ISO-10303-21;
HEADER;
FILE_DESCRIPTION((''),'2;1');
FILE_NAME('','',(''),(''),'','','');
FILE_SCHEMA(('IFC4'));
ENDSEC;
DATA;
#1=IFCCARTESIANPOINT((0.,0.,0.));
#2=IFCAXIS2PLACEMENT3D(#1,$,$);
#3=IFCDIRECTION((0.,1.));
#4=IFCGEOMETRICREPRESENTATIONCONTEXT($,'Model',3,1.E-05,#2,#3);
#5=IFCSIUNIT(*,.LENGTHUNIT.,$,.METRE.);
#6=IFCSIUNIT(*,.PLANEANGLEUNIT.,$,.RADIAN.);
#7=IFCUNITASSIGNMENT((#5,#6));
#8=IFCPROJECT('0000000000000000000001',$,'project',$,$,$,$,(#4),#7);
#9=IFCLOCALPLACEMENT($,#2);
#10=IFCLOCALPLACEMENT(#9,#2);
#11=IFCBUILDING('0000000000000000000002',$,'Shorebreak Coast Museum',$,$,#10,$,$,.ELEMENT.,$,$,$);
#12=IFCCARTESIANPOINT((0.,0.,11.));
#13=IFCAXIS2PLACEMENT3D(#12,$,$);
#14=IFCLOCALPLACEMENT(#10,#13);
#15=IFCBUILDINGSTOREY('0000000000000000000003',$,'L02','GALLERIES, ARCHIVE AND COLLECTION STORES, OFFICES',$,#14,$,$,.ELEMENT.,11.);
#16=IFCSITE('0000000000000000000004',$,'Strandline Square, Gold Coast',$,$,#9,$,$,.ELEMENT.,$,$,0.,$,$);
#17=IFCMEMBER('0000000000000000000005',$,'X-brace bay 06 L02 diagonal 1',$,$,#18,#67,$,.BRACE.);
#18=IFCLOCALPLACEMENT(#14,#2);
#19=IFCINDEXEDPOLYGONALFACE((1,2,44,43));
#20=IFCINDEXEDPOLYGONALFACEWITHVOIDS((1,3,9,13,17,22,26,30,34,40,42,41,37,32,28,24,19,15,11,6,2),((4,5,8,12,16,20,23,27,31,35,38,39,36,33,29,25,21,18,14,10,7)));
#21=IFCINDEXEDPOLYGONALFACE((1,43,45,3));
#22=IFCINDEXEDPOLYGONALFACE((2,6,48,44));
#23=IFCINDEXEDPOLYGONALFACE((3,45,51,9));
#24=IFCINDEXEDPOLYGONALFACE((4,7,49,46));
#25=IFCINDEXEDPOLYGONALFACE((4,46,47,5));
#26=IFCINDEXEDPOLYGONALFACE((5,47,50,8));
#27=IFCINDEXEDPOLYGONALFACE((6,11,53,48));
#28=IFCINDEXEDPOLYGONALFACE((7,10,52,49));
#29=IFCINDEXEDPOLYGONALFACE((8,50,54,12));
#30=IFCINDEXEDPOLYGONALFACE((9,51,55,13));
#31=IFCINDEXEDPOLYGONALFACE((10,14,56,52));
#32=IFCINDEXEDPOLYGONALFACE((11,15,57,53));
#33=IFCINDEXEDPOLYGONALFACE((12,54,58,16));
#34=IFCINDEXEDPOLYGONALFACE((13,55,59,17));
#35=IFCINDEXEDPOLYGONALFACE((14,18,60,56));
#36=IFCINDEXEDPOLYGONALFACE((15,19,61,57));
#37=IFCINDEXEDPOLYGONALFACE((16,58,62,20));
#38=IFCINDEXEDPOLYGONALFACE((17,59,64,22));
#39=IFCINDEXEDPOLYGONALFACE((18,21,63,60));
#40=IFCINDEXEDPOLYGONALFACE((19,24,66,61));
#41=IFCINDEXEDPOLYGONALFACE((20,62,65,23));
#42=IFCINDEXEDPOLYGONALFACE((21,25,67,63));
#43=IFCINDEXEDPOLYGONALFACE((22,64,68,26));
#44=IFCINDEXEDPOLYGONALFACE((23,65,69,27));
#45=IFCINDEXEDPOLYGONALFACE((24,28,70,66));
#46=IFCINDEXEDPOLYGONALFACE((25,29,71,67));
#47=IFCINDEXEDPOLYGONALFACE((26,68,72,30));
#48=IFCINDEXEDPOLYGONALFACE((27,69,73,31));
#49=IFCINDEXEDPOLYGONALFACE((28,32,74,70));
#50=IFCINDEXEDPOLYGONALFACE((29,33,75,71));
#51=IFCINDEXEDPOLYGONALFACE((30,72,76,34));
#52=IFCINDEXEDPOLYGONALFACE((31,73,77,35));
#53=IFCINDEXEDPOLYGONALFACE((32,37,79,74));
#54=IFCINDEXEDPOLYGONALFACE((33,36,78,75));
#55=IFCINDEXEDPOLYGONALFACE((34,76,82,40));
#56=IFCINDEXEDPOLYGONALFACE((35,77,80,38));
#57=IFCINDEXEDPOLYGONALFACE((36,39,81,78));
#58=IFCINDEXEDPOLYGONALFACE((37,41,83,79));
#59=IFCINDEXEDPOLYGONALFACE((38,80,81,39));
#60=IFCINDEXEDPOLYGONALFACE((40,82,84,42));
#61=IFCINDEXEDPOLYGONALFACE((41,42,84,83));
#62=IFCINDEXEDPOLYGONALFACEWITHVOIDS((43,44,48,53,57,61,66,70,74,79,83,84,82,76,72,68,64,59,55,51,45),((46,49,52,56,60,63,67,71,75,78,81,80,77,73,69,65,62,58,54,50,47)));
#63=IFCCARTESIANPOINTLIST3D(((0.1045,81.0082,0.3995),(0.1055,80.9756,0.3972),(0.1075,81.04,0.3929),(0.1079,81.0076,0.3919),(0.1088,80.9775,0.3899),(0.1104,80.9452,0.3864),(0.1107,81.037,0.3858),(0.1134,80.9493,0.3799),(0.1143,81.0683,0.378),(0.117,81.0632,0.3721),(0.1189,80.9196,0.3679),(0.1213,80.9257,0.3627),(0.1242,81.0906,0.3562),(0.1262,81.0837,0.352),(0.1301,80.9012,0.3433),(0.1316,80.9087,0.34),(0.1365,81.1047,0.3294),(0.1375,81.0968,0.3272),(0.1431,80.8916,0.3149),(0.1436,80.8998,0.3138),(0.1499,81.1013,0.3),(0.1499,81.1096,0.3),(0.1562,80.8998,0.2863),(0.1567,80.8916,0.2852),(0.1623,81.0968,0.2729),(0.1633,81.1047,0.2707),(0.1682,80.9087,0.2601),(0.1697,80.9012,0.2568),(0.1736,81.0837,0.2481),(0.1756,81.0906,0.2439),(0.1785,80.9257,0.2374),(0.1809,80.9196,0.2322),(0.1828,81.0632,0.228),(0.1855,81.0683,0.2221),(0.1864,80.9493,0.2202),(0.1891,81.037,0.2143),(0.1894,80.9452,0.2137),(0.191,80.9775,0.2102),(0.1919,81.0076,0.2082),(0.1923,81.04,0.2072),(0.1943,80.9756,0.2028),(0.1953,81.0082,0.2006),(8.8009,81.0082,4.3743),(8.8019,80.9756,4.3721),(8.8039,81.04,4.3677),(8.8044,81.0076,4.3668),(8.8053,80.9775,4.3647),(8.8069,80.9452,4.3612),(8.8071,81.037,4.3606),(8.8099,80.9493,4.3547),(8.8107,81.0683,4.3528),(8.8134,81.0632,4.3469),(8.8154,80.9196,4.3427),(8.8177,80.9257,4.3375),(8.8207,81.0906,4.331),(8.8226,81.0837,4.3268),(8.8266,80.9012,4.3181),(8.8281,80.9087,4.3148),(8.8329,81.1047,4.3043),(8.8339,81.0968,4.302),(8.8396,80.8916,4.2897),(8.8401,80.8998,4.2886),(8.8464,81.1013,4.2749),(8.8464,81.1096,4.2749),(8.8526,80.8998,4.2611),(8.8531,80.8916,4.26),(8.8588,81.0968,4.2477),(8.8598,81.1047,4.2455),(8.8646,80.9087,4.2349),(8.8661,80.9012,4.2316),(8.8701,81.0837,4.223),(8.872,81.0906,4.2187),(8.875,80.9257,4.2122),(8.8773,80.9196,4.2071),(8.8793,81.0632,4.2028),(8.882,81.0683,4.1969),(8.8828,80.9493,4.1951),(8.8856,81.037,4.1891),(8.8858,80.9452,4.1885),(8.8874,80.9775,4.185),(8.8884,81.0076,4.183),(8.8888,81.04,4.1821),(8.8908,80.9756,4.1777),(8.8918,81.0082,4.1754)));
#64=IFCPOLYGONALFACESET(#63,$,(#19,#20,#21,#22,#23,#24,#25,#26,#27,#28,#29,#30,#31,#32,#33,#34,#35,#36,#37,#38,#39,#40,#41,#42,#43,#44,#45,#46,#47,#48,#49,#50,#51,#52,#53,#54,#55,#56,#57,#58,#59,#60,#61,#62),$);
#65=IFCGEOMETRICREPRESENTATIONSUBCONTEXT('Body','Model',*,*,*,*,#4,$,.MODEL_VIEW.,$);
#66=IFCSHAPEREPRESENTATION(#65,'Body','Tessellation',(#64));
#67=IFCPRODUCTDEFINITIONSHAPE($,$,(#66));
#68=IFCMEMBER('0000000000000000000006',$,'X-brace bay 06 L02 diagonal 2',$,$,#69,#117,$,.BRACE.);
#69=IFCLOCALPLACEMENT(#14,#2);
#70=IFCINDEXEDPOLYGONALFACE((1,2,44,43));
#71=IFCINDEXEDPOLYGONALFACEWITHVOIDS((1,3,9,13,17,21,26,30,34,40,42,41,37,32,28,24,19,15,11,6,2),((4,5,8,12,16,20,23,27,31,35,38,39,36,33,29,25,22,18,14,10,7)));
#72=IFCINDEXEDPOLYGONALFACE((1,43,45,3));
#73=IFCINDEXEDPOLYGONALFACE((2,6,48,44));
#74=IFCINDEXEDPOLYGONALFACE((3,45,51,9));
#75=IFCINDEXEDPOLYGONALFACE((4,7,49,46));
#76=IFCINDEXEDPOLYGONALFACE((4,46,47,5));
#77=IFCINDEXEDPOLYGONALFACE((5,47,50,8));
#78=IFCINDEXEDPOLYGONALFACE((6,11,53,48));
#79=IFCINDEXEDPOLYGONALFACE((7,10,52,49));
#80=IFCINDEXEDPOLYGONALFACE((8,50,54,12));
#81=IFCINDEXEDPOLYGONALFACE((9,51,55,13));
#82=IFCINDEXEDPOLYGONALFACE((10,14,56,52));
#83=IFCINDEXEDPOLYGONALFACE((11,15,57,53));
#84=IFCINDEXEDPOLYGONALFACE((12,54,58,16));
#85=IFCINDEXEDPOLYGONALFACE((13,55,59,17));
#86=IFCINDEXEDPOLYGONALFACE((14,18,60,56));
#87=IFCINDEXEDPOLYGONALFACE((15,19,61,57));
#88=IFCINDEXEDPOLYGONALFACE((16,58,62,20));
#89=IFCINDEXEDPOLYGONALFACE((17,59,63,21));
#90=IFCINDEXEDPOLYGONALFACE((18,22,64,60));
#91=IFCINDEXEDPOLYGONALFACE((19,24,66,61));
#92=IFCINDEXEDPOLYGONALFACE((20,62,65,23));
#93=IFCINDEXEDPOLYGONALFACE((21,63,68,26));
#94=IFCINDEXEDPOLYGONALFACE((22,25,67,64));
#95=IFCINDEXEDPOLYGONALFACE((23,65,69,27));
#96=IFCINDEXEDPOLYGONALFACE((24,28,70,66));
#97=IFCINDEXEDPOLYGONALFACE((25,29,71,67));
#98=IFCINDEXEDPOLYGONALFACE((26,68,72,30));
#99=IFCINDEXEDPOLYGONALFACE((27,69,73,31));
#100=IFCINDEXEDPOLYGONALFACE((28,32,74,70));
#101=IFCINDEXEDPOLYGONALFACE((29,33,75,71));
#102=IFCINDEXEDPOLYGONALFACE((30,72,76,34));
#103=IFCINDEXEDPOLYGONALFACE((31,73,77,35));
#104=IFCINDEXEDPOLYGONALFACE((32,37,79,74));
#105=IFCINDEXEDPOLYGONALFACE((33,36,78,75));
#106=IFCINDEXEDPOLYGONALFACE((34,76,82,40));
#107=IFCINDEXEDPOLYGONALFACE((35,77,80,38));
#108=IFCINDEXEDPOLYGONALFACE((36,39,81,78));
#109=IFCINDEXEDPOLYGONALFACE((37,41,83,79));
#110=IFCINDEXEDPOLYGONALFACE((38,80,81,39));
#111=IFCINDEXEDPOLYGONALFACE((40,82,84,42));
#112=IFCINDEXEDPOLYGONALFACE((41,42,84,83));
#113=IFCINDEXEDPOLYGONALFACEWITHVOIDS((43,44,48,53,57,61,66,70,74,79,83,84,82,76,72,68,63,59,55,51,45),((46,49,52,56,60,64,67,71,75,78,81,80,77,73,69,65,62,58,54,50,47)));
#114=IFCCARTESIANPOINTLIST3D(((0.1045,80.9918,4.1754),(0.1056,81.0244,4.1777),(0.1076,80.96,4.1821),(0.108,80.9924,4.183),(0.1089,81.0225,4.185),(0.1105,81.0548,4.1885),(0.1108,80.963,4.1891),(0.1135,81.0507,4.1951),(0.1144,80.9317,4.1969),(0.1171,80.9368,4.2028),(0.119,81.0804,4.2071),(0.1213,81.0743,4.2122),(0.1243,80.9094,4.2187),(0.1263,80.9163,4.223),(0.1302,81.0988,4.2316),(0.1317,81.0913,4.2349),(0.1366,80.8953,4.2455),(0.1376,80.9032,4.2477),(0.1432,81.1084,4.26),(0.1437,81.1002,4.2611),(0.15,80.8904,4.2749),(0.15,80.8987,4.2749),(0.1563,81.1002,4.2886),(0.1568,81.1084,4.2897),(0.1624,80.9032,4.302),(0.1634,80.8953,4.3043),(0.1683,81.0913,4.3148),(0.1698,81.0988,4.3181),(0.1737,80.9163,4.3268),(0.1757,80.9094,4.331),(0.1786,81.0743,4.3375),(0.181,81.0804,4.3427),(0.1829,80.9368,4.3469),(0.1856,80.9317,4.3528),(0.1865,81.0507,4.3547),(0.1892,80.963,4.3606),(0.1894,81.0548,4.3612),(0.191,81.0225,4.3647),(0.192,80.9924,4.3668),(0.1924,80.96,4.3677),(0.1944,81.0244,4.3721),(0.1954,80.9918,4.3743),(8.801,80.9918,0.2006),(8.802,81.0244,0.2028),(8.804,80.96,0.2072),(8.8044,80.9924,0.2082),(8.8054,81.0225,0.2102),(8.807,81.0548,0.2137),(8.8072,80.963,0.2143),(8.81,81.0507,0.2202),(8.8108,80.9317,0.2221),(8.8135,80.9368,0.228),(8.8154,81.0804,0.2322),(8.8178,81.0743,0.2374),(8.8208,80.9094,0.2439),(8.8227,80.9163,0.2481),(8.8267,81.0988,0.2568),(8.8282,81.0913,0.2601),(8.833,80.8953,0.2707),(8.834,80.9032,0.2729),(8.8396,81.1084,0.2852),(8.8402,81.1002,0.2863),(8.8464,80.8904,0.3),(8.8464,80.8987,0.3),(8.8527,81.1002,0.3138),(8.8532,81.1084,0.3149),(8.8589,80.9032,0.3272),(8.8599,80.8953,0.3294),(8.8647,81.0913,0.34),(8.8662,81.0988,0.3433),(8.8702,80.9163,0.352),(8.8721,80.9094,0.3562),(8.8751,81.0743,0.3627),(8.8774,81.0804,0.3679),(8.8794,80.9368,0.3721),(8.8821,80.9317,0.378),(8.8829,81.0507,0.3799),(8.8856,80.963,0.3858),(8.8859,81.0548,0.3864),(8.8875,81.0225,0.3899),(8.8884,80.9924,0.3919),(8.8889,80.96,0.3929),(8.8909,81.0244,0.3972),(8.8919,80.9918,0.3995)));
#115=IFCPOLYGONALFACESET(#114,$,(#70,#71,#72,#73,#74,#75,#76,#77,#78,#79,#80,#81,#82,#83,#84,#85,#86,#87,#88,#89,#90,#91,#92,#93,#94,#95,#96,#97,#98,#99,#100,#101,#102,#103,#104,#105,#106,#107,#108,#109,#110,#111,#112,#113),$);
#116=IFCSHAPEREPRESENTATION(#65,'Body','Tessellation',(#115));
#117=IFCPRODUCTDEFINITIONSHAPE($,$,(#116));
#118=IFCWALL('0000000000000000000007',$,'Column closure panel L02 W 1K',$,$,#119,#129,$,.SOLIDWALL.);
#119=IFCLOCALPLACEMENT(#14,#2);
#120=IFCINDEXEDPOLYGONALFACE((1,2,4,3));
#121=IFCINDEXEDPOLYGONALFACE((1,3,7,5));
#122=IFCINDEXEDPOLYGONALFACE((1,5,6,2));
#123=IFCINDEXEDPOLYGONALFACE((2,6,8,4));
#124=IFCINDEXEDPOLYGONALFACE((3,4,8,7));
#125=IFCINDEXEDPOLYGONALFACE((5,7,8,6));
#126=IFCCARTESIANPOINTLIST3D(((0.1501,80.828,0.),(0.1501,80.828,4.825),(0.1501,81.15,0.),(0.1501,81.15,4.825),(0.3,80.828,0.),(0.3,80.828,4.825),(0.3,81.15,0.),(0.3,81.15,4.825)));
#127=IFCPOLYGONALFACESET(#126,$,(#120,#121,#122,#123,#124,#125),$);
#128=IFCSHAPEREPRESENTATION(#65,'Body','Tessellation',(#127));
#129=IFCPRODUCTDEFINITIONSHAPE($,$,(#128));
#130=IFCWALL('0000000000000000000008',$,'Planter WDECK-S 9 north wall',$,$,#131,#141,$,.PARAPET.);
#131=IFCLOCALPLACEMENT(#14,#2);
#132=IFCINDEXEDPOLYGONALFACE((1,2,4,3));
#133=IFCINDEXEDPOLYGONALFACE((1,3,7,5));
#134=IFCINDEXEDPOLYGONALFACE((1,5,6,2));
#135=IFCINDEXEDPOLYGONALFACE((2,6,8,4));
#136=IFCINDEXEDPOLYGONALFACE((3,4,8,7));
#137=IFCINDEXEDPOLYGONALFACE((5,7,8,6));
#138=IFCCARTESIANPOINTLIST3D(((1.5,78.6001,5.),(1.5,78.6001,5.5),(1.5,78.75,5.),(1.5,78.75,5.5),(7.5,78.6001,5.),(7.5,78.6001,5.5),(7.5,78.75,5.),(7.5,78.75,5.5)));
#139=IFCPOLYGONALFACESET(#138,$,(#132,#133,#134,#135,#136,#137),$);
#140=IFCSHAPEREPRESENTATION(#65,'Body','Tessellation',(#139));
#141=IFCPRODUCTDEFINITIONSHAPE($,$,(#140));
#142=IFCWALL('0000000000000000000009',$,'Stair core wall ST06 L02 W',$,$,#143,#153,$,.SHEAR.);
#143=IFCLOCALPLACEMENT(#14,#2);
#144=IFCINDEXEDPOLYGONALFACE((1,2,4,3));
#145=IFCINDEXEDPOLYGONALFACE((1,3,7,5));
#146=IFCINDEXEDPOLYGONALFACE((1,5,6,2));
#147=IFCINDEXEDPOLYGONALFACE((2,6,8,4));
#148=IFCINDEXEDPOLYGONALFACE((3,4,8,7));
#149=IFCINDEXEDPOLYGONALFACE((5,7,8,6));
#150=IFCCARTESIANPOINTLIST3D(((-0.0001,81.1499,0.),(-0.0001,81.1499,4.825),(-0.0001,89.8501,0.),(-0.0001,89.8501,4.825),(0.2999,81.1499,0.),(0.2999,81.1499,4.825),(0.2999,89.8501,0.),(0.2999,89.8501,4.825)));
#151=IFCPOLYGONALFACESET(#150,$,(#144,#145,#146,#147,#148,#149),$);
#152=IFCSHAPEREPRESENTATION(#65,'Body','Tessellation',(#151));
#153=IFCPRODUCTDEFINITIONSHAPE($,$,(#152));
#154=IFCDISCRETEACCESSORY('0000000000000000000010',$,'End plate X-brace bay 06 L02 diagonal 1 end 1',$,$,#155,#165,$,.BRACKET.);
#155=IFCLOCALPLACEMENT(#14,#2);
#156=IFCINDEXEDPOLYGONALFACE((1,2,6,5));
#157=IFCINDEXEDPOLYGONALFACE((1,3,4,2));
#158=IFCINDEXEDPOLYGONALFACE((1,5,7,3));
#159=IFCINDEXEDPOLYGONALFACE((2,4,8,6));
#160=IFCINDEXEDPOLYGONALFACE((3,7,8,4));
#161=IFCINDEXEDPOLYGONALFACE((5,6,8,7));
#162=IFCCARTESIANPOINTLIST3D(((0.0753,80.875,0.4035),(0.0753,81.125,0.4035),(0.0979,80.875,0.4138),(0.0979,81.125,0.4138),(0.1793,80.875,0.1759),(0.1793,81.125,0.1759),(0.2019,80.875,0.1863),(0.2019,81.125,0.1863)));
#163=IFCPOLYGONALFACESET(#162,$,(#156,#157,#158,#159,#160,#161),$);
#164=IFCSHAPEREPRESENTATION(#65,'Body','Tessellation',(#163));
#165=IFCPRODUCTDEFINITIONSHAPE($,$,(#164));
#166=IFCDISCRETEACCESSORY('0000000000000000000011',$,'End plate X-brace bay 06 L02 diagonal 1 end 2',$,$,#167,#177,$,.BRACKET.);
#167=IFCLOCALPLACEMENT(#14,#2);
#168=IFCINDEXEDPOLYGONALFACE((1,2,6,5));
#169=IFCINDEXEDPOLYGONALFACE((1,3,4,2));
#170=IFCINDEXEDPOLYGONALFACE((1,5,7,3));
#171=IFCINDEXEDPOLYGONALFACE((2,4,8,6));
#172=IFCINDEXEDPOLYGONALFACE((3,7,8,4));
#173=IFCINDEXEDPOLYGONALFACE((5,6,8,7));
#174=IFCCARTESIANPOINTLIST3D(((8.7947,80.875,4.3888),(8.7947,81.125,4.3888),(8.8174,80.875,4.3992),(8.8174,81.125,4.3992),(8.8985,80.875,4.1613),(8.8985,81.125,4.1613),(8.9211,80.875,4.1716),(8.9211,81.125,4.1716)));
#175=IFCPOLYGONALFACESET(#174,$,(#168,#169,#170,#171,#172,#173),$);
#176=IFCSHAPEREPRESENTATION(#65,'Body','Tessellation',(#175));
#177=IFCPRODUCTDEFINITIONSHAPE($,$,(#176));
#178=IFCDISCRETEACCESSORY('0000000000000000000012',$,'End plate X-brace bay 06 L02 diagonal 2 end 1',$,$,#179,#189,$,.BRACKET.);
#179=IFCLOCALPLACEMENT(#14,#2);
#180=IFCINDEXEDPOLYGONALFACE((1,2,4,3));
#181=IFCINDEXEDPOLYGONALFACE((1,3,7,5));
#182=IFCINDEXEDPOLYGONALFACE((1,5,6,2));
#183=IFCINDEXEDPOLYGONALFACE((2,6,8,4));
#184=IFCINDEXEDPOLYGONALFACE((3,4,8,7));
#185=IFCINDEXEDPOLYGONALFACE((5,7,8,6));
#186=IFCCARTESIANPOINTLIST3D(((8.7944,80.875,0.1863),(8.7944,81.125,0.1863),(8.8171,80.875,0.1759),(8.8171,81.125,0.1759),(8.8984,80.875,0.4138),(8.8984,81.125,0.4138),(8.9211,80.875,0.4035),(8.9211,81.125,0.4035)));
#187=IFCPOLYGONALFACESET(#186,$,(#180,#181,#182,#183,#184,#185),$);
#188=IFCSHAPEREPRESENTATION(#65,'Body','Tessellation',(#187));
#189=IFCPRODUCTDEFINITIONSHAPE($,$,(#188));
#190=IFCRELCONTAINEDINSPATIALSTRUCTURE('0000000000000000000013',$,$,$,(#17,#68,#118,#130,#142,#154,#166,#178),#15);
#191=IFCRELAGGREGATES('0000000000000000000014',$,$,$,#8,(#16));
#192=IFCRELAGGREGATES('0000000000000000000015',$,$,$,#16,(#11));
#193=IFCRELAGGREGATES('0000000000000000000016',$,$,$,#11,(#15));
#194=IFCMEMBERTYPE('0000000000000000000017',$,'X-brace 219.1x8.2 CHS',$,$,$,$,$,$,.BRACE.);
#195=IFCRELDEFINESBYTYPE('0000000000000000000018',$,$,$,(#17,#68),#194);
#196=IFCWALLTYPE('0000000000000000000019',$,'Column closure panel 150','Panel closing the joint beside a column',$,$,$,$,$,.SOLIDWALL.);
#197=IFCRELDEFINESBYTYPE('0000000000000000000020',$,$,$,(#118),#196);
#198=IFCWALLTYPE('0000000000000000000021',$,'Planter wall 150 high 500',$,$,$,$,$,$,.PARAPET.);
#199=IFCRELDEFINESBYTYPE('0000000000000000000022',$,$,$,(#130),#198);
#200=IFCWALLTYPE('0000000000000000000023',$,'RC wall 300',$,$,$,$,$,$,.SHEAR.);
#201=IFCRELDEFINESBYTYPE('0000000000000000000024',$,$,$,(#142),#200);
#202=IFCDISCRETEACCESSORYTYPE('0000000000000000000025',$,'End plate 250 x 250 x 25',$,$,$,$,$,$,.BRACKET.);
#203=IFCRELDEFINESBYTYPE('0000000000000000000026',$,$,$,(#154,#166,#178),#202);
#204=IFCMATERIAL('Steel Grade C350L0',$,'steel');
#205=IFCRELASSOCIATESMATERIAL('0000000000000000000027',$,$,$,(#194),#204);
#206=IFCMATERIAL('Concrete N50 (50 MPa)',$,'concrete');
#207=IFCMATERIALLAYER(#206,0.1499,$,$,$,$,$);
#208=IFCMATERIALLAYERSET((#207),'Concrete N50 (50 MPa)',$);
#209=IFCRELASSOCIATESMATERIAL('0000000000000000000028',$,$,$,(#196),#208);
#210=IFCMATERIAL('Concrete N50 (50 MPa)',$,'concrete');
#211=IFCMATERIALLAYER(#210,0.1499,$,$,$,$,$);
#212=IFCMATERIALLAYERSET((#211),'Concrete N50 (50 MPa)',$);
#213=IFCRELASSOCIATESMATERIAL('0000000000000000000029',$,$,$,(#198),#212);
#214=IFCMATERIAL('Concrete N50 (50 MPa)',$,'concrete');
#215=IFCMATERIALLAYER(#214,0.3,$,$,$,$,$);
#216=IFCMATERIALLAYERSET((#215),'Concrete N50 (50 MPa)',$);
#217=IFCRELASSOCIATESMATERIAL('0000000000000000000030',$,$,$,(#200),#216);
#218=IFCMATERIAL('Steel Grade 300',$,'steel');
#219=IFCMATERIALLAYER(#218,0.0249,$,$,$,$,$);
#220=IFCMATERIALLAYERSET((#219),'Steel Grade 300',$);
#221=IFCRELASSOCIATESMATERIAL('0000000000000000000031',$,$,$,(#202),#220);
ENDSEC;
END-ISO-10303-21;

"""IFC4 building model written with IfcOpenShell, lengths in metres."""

from ifc_helpers import new_model, si_unit, direction, frame, frame_2d, origin, origin_2d, place, context, subcontext, project, spatial, polyline, rectangle, hollow_circle, outline, extrude, material, layer, layer_set, material_profile, profile_set, type_object, element, save


model = new_model("IFC4")

# Units and contexts
model_context = context("Model", 3, precision=1e-05, world=origin(), true_north=direction((0.0, 1.0)))
body_context = subcontext(model_context, "Body", "Model", "MODEL_VIEW")
ifc_project = project(units=[si_unit("LENGTHUNIT", "METRE"), si_unit("PLANEANGLEUNIT", "RADIAN")], contexts=[model_context])

# Site, building, storey
site_placement = place(None, origin())
site = spatial("IfcSite", under=ifc_project, at=site_placement, Name="Strandline Square, Gold Coast", CompositionType="ELEMENT", RefElevation=0.0)
building_placement = place(site_placement, origin())
building = spatial("IfcBuilding", under=site, at=building_placement, Name="Shorebreak Coast Museum", CompositionType="ELEMENT")
storey_placement = place(building_placement, frame((0.0, 0.0, 11.0)))
storey = spatial("IfcBuildingStorey", under=building, at=storey_placement, Name="L02", Description="GALLERIES, ARCHIVE AND COLLECTION STORES, OFFICES", CompositionType="ELEMENT", Elevation=11.0)

# Members
ifc_material_1 = material(Name="Steel Grade C350L0", Category="steel")
ifc_material_profile_1 = material_profile(ifc_material_1, hollow_circle(Radius=0.1096, WallThickness=0.0083, at=origin_2d()), Name="219.1x8.2 CHS")
ifc_profile_set_1 = profile_set([ifc_material_profile_1], Name="Steel Grade C350L0")
member_type = type_object("IfcMemberType", Name="X-brace 219.1x8.2 CHS", PredefinedType="BRACE", material=ifc_profile_set_1)
for number, where, z_axis, x_axis, name in (
    (1, (0.1499, 81.0, 0.3), (0.909502, 0.0, 0.415699), (0.0, 1.0, 0.0), "X-brace bay 06 L02 diagonal 1"),
    (2, (8.8464, 81.0, 0.3), (-0.909502, 0.0, 0.415699), (0.0, -1.0, 0.0), "X-brace bay 06 L02 diagonal 2"),
):
    element("IfcMember", number, at=place(storey_placement, frame(where, z_axis=z_axis, x_axis=x_axis)), inside=storey, type_object=member_type, Name=name, PredefinedType="BRACE", context=body_context, shape_type="SweptSolid", body=[
        extrude(hollow_circle(Radius=0.1096, WallThickness=0.0083, at=origin_2d()), origin(), (0.0, 0.0, 1.0), 9.5618),
    ])

# Walls
ifc_material_2 = material(Name="Concrete N50 (50 MPa)", Category="concrete")
ifc_layer_1 = layer(ifc_material_2, 0.1499)
ifc_layer_set_1 = layer_set([ifc_layer_1], Name="Concrete N50 (50 MPa)")
wall_type_1 = type_object("IfcWallType", Name="Column closure panel 150", Description="Panel closing the joint beside a column", PredefinedType="SOLIDWALL", material=ifc_layer_set_1)
wall_1_placement = place(storey_placement, frame((0.2251, 80.8279, 0.0), z_axis=(0.0, 0.0, 1.0), x_axis=(0.0, 1.0, 0.0)))
element("IfcWall", 3, at=wall_1_placement, inside=storey, type_object=wall_type_1, Name="Column closure panel L02 W 1K", PredefinedType="SOLIDWALL", context=body_context, shape_type="SweptSolid", body=[
    extrude(rectangle(XDim=0.322, YDim=0.1499, at=frame_2d((0.1611, 0.0))), origin(), (0.0, 0.0, 1.0), 4.825),
])
ifc_material_3 = material(Name="Concrete N50 (50 MPa)", Category="concrete")
ifc_layer_2 = layer(ifc_material_3, 0.1499)
ifc_layer_set_2 = layer_set([ifc_layer_2], Name="Concrete N50 (50 MPa)")
wall_type_2 = type_object("IfcWallType", Name="Planter wall 150 high 500", PredefinedType="PARAPET", material=ifc_layer_set_2)
wall_2_placement = place(storey_placement, frame((1.5, 78.675, 5.0), z_axis=(0.0, 0.0, 1.0), x_axis=(1.0, 0.0, 0.0)))
element("IfcWall", 4, at=wall_2_placement, inside=storey, type_object=wall_type_2, Name="Planter WDECK-S 9 north wall", PredefinedType="PARAPET", context=body_context, shape_type="SweptSolid", body=[
    extrude(rectangle(XDim=6.0, YDim=0.1499, at=frame_2d((3.0, 0.0))), origin(), (0.0, 0.0, 1.0), 0.5),
])
ifc_material_4 = material(Name="Concrete N50 (50 MPa)", Category="concrete")
ifc_layer_3 = layer(ifc_material_4, 0.3)
ifc_layer_set_3 = layer_set([ifc_layer_3], Name="Concrete N50 (50 MPa)")
wall_type_3 = type_object("IfcWallType", Name="RC wall 300", PredefinedType="SHEAR", material=ifc_layer_set_3)
wall_3_placement = place(storey_placement, frame((0.1499, 81.1499, 0.0), z_axis=(0.0, 0.0, 1.0), x_axis=(0.0, 1.0, 0.0)))
element("IfcWall", 5, at=wall_3_placement, inside=storey, type_object=wall_type_3, Name="Stair core wall ST06 L02 W", PredefinedType="SHEAR", context=body_context, shape_type="SweptSolid", body=[
    extrude(rectangle(XDim=8.7002, YDim=0.3, at=frame_2d((4.3501, 0.0))), origin(), (0.0, 0.0, 1.0), 4.825),
])

# Discrete accessories
ifc_material_5 = material(Name="Steel Grade 300", Category="steel")
ifc_layer_4 = layer(ifc_material_5, 0.0249)
ifc_layer_set_4 = layer_set([ifc_layer_4], Name="Steel Grade 300")
discrete_accessory_type = type_object("IfcDiscreteAccessoryType", Name="End plate 250 x 250 x 25", PredefinedType="BRACKET", material=ifc_layer_set_4)
discrete_accessory_1_placement = place(storey_placement, frame((0.2019, 80.875, 0.1863), z_axis=(0.909496, 0.0, 0.415714), x_axis=(0.0, 1.0, 0.0)))
element("IfcDiscreteAccessory", 6, at=discrete_accessory_1_placement, inside=storey, type_object=discrete_accessory_type, Name="End plate X-brace bay 06 L02 diagonal 1 end 1", PredefinedType="BRACKET", context=body_context, shape_type="SweptSolid", body=[
    extrude(outline(polyline([(0.0, 0.0), (0.25, 0.0), (0.25, 0.2502), (0.0, 0.2502), (0.0, 0.0)])), origin(), (0.0, 0.0, -1.0), 0.0249),
])
discrete_accessory_2_placement = place(storey_placement, frame((8.9211, 80.875, 4.1716), z_axis=(0.909864, 0.0, 0.414906), x_axis=(0.0, 1.0, 0.0)))
element("IfcDiscreteAccessory", 7, at=discrete_accessory_2_placement, inside=storey, type_object=discrete_accessory_type, Name="End plate X-brace bay 06 L02 diagonal 1 end 2", PredefinedType="BRACKET", context=body_context, shape_type="SweptSolid", body=[
    extrude(outline(polyline([(0.0, 0.0), (0.25, 0.0), (0.25, 0.2501), (0.0, 0.2501), (0.0, 0.0)])), origin(), (0.0, 0.0, -1.0), 0.0249),
])
for number, where, z_axis, x_axis, name in (
    (8, (8.7944, 81.125, 0.1863), (-0.909496, 0.0, 0.415714), (0.0, -1.0, 0.0), "End plate X-brace bay 06 L02 diagonal 2 end 1"),
):
    element("IfcDiscreteAccessory", number, at=place(storey_placement, frame(where, z_axis=z_axis, x_axis=x_axis)), inside=storey, type_object=discrete_accessory_type, Name=name, PredefinedType="BRACKET", context=body_context, shape_type="SweptSolid", body=[
        extrude(outline(polyline([(0.0, 0.0), (0.25, 0.0), (0.25, 0.2502), (0.0, 0.2502), (0.0, 0.0)])), origin(), (0.0, 0.0, -1.0), 0.0249),
    ])

save(model, "model.ifc")
